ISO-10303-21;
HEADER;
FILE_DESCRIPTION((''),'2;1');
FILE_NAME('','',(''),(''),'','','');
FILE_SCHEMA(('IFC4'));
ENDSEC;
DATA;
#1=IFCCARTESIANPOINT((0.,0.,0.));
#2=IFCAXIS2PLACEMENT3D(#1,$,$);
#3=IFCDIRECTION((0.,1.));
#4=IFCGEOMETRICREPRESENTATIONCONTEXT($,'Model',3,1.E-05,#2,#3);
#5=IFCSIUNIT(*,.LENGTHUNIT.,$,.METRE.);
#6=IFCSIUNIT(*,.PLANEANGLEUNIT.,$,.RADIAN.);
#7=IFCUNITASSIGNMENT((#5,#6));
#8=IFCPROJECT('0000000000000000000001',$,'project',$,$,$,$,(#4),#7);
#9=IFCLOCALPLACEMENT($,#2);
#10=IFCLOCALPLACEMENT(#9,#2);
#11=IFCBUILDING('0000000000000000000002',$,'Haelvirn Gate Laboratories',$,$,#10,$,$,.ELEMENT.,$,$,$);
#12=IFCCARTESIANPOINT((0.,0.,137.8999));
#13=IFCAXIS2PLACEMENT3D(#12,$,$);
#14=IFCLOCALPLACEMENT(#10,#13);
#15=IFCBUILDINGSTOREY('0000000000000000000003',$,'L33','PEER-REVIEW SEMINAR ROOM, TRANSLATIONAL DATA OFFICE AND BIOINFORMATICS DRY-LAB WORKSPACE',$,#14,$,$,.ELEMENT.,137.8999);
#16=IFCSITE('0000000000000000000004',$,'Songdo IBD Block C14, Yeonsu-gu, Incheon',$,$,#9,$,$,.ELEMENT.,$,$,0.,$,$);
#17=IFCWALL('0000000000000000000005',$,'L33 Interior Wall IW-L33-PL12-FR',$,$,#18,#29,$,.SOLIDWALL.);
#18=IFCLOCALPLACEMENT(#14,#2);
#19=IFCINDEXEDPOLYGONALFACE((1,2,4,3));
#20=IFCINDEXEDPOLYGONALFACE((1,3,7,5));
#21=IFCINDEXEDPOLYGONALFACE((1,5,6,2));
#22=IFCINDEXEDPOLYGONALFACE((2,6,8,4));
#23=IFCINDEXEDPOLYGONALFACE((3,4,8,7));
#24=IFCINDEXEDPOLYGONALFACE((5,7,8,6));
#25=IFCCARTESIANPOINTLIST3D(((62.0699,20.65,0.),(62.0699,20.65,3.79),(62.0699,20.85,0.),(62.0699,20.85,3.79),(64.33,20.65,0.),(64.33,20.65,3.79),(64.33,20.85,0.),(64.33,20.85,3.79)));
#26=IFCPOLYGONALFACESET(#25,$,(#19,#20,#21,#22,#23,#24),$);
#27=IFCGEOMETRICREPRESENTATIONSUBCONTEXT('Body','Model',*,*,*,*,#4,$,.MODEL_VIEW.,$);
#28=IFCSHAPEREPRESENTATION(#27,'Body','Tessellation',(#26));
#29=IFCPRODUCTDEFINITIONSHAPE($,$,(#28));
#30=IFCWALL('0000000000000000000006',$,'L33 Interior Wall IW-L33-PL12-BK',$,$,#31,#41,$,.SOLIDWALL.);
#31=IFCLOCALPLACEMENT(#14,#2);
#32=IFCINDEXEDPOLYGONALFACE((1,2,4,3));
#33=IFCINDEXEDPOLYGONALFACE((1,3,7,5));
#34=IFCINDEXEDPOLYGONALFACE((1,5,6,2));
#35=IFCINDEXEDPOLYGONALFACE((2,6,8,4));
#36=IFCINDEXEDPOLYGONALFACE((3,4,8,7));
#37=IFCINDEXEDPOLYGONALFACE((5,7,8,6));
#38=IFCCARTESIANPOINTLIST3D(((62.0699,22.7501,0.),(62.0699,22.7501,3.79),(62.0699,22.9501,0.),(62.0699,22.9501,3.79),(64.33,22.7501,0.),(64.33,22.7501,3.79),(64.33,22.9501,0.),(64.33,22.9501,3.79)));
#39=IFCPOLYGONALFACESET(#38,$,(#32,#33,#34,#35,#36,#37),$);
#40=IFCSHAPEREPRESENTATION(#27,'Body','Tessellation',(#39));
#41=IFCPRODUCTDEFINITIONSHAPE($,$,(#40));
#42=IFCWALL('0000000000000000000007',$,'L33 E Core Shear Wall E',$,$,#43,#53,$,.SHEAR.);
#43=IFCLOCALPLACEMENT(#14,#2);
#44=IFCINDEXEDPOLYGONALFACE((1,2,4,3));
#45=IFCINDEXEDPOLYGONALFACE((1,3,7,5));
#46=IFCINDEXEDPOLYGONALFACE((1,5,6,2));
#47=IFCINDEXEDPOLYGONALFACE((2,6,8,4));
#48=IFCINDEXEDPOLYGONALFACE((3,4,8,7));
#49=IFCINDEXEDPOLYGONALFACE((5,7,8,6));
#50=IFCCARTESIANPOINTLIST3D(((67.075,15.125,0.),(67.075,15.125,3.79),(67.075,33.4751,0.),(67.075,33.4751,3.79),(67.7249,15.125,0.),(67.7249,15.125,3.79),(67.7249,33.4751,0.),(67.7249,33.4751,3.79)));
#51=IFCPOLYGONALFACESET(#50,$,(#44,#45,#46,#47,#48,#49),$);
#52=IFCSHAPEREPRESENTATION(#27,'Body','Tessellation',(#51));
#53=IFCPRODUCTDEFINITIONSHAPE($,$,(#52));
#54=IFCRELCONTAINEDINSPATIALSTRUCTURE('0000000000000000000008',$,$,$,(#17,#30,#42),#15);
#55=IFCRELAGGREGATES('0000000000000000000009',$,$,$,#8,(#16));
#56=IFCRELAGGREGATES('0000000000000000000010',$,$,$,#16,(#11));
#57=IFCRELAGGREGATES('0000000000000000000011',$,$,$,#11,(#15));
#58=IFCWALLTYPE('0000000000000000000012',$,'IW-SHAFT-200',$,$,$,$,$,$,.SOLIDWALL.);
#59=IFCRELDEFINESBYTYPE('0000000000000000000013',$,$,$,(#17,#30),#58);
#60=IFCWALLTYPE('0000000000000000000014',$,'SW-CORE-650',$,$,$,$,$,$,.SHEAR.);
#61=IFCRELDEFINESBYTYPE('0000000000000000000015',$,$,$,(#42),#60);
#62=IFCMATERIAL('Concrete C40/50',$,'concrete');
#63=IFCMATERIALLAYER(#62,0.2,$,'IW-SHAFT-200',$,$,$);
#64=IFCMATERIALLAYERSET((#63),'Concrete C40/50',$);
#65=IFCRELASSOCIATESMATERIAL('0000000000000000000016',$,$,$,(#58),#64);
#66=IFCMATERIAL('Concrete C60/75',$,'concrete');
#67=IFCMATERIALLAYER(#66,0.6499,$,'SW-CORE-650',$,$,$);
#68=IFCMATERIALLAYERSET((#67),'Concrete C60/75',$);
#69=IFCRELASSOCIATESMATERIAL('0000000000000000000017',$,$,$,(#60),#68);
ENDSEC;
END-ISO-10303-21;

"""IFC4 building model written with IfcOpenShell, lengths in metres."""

from ifc_helpers import new_model, si_unit, direction, frame, frame_2d, origin, place, context, subcontext, project, spatial, rectangle, extrude, material, layer, layer_set, type_object, element, save


model = new_model("IFC4")

# Units and contexts
model_context = context("Model", 3, precision=1e-05, world=origin(), true_north=direction((0.0, 1.0)))
body_context = subcontext(model_context, "Body", "Model", "MODEL_VIEW")
ifc_project = project(units=[si_unit("LENGTHUNIT", "METRE"), si_unit("PLANEANGLEUNIT", "RADIAN")], contexts=[model_context])

# Site, building, storey
site_placement = place(None, origin())
site = spatial("IfcSite", under=ifc_project, at=site_placement, Name="Songdo IBD Block C14, Yeonsu-gu, Incheon", CompositionType="ELEMENT", RefElevation=0.0)
building_placement = place(site_placement, origin())
building = spatial("IfcBuilding", under=site, at=building_placement, Name="Haelvirn Gate Laboratories", CompositionType="ELEMENT")
storey_placement = place(building_placement, frame((0.0, 0.0, 137.8999)))
storey = spatial("IfcBuildingStorey", under=building, at=storey_placement, Name="L33", Description="PEER-REVIEW SEMINAR ROOM, TRANSLATIONAL DATA OFFICE AND BIOINFORMATICS DRY-LAB WORKSPACE", CompositionType="ELEMENT", Elevation=137.8999)

# Shared definitions
ifc_material_1 = material(Name="Concrete C60/75", Category="concrete")

# Shared definitions
ifc_material_2 = material(Name="Concrete C40/50", Category="concrete")

# Shared definitions
ifc_layer_1 = layer(ifc_material_2, 0.2, Name="IW-SHAFT-200")
ifc_layer_set_1 = layer_set([ifc_layer_1], Name="Concrete C40/50")
wall_type_1 = type_object("IfcWallType", Name="IW-SHAFT-200", PredefinedType="SOLIDWALL", material=ifc_layer_set_1)

# Walls
for number, where, z_axis, x_axis, name in (
    (1, (62.0701, 20.75, 0.0), (0.0, 0.0, 1.0), (1.0, 0.0, 0.0), "L33 Interior Wall IW-L33-PL12-FR"),
    (2, (62.0701, 22.8501, 0.0), (0.0, 0.0, 1.0), (1.0, 0.0, 0.0), "L33 Interior Wall IW-L33-PL12-BK"),
):
    element("IfcWall", number, at=place(storey_placement, frame(where, z_axis=z_axis, x_axis=x_axis)), inside=storey, type_object=wall_type_1, Name=name, PredefinedType="SOLIDWALL", context=body_context, shape_type="SweptSolid", body=[
        extrude(rectangle(XDim=2.26, YDim=0.2, at=frame_2d((1.1299, 0.0))), origin(), (0.0, 0.0, 1.0), 3.79),
    ])
ifc_layer_2 = layer(ifc_material_1, 0.6499, Name="SW-CORE-650")
ifc_layer_set_2 = layer_set([ifc_layer_2], Name="Concrete C60/75")
wall_type_2 = type_object("IfcWallType", Name="SW-CORE-650", PredefinedType="SHEAR", material=ifc_layer_set_2)
wall_1_placement = place(storey_placement, frame((67.3999, 15.125, 0.0), z_axis=(0.0, 0.0, 1.0), x_axis=(0.0, 1.0, 0.0)))
element("IfcWall", 3, at=wall_1_placement, inside=storey, type_object=wall_type_2, Name="L33 E Core Shear Wall E", PredefinedType="SHEAR", context=body_context, shape_type="SweptSolid", body=[
    extrude(rectangle(XDim=18.3501, YDim=0.6499, at=frame_2d((9.175, 0.0))), origin(), (0.0, 0.0, 1.0), 3.79),
])

save(model, "model.ifc")
